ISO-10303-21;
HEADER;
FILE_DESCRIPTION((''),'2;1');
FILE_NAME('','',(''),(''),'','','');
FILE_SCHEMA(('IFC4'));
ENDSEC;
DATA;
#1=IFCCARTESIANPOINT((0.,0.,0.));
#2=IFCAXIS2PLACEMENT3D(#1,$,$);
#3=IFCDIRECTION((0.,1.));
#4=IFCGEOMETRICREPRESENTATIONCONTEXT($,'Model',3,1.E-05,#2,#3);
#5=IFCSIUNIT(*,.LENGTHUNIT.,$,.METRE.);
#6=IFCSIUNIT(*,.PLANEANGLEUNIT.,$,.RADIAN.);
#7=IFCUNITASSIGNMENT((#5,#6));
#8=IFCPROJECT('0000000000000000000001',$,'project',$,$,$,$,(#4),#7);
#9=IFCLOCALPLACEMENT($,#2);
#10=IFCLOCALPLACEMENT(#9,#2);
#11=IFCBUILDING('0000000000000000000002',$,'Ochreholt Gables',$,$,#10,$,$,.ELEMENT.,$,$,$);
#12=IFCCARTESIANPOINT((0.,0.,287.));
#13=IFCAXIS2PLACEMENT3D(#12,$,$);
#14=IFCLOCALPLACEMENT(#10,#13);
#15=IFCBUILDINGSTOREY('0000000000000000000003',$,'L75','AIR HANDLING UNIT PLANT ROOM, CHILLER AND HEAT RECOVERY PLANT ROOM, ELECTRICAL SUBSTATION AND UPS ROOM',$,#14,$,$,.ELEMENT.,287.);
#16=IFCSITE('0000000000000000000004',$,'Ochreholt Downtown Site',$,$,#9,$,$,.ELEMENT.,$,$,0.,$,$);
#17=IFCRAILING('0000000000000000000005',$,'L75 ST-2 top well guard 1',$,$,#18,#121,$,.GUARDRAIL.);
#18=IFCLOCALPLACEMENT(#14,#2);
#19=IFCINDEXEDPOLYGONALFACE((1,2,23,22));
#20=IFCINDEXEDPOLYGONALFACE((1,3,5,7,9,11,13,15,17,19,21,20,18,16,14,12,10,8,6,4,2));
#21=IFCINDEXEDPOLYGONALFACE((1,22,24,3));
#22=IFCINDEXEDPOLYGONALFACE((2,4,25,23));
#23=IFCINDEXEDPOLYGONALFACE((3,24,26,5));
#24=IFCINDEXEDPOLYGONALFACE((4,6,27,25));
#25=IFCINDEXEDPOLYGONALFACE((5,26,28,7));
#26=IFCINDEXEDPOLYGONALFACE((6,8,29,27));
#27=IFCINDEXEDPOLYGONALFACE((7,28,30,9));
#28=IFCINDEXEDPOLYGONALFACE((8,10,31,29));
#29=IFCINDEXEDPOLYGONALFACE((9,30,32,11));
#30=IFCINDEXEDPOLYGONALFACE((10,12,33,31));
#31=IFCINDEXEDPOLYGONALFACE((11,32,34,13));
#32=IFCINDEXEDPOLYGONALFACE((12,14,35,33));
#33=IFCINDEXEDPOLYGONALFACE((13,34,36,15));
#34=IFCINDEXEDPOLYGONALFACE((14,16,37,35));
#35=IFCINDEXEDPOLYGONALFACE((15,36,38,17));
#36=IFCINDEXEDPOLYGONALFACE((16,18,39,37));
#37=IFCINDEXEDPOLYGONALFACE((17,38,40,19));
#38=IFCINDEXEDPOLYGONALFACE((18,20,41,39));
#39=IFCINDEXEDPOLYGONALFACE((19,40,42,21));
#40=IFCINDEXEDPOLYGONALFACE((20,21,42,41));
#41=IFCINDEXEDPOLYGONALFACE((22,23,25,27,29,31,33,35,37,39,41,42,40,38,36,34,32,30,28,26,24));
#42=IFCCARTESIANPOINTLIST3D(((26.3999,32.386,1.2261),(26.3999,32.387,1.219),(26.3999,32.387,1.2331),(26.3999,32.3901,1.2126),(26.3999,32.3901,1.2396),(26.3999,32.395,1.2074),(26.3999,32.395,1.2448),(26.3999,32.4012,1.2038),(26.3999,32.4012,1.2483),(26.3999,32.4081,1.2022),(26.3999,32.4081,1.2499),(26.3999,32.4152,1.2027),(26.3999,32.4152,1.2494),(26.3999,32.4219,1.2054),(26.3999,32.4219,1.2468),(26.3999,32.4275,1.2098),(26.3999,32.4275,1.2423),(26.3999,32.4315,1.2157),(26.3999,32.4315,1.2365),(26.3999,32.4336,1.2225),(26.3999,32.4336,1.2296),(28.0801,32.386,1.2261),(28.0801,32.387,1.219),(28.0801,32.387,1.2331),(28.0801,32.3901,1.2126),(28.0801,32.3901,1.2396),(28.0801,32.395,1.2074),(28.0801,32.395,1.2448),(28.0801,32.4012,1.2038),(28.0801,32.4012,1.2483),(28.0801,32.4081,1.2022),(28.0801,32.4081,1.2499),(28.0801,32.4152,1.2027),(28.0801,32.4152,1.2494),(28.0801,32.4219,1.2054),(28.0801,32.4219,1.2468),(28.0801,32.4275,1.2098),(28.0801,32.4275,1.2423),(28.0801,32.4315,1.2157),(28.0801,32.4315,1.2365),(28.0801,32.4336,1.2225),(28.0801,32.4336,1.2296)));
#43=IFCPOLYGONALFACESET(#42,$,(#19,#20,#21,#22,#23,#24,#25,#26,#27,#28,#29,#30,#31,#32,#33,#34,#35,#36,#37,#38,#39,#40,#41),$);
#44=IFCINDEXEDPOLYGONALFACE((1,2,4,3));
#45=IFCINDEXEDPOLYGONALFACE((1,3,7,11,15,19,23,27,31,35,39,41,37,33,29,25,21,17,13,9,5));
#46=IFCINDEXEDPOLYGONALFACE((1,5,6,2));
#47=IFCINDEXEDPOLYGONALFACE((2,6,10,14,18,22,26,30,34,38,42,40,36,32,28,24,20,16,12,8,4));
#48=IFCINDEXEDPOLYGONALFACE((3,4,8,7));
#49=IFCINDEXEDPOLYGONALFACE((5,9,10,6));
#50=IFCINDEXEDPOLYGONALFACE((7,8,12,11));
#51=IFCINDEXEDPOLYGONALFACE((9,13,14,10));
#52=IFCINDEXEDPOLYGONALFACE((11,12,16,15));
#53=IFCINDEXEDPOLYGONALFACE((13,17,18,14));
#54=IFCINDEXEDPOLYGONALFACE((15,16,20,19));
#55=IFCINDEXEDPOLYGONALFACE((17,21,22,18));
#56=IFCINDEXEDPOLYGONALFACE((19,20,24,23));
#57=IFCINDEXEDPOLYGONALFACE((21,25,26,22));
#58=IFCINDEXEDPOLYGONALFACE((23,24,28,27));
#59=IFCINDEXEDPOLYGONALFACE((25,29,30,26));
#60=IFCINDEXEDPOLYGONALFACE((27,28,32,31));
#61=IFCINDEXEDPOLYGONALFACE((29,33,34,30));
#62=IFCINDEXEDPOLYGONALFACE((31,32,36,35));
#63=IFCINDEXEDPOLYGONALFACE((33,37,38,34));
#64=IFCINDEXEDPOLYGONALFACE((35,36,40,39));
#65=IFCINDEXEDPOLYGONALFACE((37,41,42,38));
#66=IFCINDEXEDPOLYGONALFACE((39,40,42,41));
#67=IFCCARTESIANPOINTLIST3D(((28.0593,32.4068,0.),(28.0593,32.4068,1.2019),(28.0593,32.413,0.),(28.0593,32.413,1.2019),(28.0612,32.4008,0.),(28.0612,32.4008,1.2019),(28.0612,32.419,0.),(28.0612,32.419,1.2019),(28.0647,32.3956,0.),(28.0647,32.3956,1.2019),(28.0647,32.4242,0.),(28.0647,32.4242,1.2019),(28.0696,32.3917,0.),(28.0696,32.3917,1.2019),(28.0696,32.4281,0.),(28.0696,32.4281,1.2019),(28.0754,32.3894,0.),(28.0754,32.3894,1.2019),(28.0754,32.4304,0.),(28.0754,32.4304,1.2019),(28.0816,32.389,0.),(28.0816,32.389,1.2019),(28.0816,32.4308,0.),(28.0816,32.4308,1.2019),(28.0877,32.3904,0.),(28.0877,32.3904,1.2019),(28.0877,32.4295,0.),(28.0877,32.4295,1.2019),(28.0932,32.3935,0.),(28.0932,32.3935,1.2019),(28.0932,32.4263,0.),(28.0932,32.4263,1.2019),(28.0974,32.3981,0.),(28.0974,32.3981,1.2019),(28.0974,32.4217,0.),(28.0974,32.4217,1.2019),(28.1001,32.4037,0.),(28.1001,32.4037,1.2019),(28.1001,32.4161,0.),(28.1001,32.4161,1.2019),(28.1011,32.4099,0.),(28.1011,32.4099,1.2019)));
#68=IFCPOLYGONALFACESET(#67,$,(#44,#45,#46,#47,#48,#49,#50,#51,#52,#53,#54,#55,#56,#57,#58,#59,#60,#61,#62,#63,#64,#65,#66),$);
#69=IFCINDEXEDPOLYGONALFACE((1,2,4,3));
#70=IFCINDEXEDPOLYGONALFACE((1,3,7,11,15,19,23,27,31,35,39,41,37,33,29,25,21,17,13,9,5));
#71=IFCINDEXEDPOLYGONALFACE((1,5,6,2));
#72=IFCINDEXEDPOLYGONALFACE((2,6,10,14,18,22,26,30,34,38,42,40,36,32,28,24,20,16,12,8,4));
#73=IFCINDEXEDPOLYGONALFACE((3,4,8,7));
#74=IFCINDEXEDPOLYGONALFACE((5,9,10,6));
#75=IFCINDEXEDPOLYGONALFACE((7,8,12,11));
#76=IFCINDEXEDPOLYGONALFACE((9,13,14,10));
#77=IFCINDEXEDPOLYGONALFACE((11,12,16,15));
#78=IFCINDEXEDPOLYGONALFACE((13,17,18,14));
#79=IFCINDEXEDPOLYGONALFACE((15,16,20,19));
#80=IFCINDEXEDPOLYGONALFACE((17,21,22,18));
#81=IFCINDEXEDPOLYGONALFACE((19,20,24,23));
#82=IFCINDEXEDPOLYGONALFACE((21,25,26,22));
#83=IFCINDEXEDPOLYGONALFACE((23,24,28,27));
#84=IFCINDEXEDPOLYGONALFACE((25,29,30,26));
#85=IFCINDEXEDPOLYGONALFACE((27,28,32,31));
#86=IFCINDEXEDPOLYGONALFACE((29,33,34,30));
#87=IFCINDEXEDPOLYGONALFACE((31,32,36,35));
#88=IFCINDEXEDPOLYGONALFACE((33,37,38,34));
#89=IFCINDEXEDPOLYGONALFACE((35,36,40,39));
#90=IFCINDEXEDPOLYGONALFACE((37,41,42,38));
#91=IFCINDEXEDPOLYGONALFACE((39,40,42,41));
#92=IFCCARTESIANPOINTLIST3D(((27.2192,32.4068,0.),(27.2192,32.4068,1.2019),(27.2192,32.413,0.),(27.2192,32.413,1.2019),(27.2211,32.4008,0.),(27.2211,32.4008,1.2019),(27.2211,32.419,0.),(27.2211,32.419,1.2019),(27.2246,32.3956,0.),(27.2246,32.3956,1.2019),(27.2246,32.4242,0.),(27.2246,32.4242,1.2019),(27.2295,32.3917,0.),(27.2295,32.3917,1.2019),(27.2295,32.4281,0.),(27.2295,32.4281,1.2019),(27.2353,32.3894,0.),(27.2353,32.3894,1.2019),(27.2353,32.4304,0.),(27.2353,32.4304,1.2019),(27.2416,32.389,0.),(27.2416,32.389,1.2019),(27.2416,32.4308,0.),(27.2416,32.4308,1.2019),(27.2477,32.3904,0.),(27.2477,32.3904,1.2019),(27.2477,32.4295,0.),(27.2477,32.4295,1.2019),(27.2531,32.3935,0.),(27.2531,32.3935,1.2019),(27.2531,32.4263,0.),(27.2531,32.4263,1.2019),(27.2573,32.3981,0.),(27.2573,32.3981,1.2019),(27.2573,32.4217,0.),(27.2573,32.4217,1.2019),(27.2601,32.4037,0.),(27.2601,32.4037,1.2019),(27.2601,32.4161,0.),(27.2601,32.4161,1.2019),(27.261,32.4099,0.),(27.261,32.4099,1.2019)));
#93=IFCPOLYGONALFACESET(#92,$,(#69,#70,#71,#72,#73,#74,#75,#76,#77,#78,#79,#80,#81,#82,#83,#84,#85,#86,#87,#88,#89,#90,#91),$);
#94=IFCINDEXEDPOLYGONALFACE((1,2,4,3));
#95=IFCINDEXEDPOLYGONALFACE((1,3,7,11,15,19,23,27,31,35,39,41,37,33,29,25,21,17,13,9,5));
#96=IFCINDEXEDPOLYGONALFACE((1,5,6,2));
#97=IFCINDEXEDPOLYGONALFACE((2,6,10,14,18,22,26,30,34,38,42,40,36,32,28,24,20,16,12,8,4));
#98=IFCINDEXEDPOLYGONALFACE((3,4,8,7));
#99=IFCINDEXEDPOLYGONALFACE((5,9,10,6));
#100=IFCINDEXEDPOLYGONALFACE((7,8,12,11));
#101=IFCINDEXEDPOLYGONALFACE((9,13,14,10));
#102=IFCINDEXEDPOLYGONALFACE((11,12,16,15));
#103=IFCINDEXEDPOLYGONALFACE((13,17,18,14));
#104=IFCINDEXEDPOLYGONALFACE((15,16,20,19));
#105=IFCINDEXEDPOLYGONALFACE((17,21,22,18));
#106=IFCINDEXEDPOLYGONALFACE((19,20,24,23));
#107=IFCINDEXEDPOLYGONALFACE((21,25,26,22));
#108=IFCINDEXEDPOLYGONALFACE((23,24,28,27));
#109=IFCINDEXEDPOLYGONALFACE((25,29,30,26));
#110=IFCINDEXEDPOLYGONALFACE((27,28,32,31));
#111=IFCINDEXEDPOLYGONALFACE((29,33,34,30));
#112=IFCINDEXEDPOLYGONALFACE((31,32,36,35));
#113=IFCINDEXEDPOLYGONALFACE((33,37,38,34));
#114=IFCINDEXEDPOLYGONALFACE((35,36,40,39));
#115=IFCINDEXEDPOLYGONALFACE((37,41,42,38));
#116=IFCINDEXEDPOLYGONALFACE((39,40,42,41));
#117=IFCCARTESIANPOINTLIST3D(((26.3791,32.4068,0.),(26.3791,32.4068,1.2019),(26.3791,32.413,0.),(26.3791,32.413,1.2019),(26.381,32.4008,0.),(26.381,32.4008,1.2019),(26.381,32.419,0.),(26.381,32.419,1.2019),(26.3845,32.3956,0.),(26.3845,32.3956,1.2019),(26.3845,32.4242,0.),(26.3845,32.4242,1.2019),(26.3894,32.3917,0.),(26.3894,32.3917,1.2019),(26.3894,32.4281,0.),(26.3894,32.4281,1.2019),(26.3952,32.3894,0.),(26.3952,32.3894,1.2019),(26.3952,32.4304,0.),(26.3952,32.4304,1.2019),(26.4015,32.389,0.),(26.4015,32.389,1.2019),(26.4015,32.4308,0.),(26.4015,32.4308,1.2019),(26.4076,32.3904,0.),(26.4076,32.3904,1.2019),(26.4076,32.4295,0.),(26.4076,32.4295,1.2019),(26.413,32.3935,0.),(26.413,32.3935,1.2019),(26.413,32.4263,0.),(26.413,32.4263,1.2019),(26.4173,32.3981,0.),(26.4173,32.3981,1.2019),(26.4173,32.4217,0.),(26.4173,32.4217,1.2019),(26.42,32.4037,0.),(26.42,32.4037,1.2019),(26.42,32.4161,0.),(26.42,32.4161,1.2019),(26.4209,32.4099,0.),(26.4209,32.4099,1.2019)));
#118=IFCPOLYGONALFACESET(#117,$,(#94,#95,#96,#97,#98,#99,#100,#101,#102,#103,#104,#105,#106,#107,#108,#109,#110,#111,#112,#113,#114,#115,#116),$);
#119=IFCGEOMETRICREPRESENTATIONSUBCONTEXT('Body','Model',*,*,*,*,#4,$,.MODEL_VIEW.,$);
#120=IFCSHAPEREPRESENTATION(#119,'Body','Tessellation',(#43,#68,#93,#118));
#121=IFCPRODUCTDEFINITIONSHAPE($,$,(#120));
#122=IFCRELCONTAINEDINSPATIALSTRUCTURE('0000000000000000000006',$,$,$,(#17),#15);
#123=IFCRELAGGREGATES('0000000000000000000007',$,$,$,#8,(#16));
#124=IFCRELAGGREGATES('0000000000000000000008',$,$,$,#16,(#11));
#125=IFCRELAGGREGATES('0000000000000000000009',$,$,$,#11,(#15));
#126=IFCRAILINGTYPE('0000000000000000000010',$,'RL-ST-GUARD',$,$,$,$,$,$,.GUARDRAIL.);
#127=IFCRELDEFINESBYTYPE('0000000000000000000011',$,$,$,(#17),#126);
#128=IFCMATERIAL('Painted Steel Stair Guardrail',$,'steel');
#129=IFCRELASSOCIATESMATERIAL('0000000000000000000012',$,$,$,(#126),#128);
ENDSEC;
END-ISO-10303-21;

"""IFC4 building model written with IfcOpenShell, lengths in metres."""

from ifc_helpers import new_model, si_unit, direction, frame, origin, origin_2d, place, context, subcontext, project, spatial, circle, extrude, material, type_object, element, save


model = new_model("IFC4")

# Units and contexts
model_context = context("Model", 3, precision=1e-05, world=origin(), true_north=direction((0.0, 1.0)))
body_context = subcontext(model_context, "Body", "Model", "MODEL_VIEW")
ifc_project = project(units=[si_unit("LENGTHUNIT", "METRE"), si_unit("PLANEANGLEUNIT", "RADIAN")], contexts=[model_context])

# Site, building, storey
site_placement = place(None, origin())
site = spatial("IfcSite", under=ifc_project, at=site_placement, Name="Ochreholt Downtown Site", CompositionType="ELEMENT", RefElevation=0.0)
building_placement = place(site_placement, origin())
building = spatial("IfcBuilding", under=site, at=building_placement, Name="Ochreholt Gables", CompositionType="ELEMENT")
storey_placement = place(building_placement, frame((0.0, 0.0, 287.0)))
storey = spatial("IfcBuildingStorey", under=building, at=storey_placement, Name="L75", Description="AIR HANDLING UNIT PLANT ROOM, CHILLER AND HEAT RECOVERY PLANT ROOM, ELECTRICAL SUBSTATION AND UPS ROOM", CompositionType="ELEMENT", Elevation=287.0)

# Railing
ifc_material_1 = material(Name="Painted Steel Stair Guardrail", Category="steel")
railing_type = type_object("IfcRailingType", Name="RL-ST-GUARD", PredefinedType="GUARDRAIL", material=ifc_material_1)
railing_placement = place(storey_placement, frame((28.0801, 32.4099, 0.0)))
element("IfcRailing", 1, at=railing_placement, inside=storey, type_object=railing_type, Name="L75 ST-2 top well guard 1", PredefinedType="GUARDRAIL", context=body_context, shape_type="SweptSolid", body=[
    extrude(circle(Radius=0.0239, at=origin_2d()), frame((0.0, 0.0, 1.2261), z_axis=(-1.0, 0.0, 0.0), x_axis=(0.0, -1.0, 0.0)), (0.0, 0.0, 1.0), 1.6802),
    extrude(circle(Radius=0.021, at=origin_2d()), origin(), (0.0, 0.0, 1.0), 1.2019),
    extrude(circle(Radius=0.021, at=origin_2d()), frame((-0.8401, 0.0, 0.0)), (0.0, 0.0, 1.0), 1.2019),
    extrude(circle(Radius=0.021, at=origin_2d()), frame((-1.6802, 0.0, 0.0)), (0.0, 0.0, 1.0), 1.2019),
])

save(model, "model.ifc")
